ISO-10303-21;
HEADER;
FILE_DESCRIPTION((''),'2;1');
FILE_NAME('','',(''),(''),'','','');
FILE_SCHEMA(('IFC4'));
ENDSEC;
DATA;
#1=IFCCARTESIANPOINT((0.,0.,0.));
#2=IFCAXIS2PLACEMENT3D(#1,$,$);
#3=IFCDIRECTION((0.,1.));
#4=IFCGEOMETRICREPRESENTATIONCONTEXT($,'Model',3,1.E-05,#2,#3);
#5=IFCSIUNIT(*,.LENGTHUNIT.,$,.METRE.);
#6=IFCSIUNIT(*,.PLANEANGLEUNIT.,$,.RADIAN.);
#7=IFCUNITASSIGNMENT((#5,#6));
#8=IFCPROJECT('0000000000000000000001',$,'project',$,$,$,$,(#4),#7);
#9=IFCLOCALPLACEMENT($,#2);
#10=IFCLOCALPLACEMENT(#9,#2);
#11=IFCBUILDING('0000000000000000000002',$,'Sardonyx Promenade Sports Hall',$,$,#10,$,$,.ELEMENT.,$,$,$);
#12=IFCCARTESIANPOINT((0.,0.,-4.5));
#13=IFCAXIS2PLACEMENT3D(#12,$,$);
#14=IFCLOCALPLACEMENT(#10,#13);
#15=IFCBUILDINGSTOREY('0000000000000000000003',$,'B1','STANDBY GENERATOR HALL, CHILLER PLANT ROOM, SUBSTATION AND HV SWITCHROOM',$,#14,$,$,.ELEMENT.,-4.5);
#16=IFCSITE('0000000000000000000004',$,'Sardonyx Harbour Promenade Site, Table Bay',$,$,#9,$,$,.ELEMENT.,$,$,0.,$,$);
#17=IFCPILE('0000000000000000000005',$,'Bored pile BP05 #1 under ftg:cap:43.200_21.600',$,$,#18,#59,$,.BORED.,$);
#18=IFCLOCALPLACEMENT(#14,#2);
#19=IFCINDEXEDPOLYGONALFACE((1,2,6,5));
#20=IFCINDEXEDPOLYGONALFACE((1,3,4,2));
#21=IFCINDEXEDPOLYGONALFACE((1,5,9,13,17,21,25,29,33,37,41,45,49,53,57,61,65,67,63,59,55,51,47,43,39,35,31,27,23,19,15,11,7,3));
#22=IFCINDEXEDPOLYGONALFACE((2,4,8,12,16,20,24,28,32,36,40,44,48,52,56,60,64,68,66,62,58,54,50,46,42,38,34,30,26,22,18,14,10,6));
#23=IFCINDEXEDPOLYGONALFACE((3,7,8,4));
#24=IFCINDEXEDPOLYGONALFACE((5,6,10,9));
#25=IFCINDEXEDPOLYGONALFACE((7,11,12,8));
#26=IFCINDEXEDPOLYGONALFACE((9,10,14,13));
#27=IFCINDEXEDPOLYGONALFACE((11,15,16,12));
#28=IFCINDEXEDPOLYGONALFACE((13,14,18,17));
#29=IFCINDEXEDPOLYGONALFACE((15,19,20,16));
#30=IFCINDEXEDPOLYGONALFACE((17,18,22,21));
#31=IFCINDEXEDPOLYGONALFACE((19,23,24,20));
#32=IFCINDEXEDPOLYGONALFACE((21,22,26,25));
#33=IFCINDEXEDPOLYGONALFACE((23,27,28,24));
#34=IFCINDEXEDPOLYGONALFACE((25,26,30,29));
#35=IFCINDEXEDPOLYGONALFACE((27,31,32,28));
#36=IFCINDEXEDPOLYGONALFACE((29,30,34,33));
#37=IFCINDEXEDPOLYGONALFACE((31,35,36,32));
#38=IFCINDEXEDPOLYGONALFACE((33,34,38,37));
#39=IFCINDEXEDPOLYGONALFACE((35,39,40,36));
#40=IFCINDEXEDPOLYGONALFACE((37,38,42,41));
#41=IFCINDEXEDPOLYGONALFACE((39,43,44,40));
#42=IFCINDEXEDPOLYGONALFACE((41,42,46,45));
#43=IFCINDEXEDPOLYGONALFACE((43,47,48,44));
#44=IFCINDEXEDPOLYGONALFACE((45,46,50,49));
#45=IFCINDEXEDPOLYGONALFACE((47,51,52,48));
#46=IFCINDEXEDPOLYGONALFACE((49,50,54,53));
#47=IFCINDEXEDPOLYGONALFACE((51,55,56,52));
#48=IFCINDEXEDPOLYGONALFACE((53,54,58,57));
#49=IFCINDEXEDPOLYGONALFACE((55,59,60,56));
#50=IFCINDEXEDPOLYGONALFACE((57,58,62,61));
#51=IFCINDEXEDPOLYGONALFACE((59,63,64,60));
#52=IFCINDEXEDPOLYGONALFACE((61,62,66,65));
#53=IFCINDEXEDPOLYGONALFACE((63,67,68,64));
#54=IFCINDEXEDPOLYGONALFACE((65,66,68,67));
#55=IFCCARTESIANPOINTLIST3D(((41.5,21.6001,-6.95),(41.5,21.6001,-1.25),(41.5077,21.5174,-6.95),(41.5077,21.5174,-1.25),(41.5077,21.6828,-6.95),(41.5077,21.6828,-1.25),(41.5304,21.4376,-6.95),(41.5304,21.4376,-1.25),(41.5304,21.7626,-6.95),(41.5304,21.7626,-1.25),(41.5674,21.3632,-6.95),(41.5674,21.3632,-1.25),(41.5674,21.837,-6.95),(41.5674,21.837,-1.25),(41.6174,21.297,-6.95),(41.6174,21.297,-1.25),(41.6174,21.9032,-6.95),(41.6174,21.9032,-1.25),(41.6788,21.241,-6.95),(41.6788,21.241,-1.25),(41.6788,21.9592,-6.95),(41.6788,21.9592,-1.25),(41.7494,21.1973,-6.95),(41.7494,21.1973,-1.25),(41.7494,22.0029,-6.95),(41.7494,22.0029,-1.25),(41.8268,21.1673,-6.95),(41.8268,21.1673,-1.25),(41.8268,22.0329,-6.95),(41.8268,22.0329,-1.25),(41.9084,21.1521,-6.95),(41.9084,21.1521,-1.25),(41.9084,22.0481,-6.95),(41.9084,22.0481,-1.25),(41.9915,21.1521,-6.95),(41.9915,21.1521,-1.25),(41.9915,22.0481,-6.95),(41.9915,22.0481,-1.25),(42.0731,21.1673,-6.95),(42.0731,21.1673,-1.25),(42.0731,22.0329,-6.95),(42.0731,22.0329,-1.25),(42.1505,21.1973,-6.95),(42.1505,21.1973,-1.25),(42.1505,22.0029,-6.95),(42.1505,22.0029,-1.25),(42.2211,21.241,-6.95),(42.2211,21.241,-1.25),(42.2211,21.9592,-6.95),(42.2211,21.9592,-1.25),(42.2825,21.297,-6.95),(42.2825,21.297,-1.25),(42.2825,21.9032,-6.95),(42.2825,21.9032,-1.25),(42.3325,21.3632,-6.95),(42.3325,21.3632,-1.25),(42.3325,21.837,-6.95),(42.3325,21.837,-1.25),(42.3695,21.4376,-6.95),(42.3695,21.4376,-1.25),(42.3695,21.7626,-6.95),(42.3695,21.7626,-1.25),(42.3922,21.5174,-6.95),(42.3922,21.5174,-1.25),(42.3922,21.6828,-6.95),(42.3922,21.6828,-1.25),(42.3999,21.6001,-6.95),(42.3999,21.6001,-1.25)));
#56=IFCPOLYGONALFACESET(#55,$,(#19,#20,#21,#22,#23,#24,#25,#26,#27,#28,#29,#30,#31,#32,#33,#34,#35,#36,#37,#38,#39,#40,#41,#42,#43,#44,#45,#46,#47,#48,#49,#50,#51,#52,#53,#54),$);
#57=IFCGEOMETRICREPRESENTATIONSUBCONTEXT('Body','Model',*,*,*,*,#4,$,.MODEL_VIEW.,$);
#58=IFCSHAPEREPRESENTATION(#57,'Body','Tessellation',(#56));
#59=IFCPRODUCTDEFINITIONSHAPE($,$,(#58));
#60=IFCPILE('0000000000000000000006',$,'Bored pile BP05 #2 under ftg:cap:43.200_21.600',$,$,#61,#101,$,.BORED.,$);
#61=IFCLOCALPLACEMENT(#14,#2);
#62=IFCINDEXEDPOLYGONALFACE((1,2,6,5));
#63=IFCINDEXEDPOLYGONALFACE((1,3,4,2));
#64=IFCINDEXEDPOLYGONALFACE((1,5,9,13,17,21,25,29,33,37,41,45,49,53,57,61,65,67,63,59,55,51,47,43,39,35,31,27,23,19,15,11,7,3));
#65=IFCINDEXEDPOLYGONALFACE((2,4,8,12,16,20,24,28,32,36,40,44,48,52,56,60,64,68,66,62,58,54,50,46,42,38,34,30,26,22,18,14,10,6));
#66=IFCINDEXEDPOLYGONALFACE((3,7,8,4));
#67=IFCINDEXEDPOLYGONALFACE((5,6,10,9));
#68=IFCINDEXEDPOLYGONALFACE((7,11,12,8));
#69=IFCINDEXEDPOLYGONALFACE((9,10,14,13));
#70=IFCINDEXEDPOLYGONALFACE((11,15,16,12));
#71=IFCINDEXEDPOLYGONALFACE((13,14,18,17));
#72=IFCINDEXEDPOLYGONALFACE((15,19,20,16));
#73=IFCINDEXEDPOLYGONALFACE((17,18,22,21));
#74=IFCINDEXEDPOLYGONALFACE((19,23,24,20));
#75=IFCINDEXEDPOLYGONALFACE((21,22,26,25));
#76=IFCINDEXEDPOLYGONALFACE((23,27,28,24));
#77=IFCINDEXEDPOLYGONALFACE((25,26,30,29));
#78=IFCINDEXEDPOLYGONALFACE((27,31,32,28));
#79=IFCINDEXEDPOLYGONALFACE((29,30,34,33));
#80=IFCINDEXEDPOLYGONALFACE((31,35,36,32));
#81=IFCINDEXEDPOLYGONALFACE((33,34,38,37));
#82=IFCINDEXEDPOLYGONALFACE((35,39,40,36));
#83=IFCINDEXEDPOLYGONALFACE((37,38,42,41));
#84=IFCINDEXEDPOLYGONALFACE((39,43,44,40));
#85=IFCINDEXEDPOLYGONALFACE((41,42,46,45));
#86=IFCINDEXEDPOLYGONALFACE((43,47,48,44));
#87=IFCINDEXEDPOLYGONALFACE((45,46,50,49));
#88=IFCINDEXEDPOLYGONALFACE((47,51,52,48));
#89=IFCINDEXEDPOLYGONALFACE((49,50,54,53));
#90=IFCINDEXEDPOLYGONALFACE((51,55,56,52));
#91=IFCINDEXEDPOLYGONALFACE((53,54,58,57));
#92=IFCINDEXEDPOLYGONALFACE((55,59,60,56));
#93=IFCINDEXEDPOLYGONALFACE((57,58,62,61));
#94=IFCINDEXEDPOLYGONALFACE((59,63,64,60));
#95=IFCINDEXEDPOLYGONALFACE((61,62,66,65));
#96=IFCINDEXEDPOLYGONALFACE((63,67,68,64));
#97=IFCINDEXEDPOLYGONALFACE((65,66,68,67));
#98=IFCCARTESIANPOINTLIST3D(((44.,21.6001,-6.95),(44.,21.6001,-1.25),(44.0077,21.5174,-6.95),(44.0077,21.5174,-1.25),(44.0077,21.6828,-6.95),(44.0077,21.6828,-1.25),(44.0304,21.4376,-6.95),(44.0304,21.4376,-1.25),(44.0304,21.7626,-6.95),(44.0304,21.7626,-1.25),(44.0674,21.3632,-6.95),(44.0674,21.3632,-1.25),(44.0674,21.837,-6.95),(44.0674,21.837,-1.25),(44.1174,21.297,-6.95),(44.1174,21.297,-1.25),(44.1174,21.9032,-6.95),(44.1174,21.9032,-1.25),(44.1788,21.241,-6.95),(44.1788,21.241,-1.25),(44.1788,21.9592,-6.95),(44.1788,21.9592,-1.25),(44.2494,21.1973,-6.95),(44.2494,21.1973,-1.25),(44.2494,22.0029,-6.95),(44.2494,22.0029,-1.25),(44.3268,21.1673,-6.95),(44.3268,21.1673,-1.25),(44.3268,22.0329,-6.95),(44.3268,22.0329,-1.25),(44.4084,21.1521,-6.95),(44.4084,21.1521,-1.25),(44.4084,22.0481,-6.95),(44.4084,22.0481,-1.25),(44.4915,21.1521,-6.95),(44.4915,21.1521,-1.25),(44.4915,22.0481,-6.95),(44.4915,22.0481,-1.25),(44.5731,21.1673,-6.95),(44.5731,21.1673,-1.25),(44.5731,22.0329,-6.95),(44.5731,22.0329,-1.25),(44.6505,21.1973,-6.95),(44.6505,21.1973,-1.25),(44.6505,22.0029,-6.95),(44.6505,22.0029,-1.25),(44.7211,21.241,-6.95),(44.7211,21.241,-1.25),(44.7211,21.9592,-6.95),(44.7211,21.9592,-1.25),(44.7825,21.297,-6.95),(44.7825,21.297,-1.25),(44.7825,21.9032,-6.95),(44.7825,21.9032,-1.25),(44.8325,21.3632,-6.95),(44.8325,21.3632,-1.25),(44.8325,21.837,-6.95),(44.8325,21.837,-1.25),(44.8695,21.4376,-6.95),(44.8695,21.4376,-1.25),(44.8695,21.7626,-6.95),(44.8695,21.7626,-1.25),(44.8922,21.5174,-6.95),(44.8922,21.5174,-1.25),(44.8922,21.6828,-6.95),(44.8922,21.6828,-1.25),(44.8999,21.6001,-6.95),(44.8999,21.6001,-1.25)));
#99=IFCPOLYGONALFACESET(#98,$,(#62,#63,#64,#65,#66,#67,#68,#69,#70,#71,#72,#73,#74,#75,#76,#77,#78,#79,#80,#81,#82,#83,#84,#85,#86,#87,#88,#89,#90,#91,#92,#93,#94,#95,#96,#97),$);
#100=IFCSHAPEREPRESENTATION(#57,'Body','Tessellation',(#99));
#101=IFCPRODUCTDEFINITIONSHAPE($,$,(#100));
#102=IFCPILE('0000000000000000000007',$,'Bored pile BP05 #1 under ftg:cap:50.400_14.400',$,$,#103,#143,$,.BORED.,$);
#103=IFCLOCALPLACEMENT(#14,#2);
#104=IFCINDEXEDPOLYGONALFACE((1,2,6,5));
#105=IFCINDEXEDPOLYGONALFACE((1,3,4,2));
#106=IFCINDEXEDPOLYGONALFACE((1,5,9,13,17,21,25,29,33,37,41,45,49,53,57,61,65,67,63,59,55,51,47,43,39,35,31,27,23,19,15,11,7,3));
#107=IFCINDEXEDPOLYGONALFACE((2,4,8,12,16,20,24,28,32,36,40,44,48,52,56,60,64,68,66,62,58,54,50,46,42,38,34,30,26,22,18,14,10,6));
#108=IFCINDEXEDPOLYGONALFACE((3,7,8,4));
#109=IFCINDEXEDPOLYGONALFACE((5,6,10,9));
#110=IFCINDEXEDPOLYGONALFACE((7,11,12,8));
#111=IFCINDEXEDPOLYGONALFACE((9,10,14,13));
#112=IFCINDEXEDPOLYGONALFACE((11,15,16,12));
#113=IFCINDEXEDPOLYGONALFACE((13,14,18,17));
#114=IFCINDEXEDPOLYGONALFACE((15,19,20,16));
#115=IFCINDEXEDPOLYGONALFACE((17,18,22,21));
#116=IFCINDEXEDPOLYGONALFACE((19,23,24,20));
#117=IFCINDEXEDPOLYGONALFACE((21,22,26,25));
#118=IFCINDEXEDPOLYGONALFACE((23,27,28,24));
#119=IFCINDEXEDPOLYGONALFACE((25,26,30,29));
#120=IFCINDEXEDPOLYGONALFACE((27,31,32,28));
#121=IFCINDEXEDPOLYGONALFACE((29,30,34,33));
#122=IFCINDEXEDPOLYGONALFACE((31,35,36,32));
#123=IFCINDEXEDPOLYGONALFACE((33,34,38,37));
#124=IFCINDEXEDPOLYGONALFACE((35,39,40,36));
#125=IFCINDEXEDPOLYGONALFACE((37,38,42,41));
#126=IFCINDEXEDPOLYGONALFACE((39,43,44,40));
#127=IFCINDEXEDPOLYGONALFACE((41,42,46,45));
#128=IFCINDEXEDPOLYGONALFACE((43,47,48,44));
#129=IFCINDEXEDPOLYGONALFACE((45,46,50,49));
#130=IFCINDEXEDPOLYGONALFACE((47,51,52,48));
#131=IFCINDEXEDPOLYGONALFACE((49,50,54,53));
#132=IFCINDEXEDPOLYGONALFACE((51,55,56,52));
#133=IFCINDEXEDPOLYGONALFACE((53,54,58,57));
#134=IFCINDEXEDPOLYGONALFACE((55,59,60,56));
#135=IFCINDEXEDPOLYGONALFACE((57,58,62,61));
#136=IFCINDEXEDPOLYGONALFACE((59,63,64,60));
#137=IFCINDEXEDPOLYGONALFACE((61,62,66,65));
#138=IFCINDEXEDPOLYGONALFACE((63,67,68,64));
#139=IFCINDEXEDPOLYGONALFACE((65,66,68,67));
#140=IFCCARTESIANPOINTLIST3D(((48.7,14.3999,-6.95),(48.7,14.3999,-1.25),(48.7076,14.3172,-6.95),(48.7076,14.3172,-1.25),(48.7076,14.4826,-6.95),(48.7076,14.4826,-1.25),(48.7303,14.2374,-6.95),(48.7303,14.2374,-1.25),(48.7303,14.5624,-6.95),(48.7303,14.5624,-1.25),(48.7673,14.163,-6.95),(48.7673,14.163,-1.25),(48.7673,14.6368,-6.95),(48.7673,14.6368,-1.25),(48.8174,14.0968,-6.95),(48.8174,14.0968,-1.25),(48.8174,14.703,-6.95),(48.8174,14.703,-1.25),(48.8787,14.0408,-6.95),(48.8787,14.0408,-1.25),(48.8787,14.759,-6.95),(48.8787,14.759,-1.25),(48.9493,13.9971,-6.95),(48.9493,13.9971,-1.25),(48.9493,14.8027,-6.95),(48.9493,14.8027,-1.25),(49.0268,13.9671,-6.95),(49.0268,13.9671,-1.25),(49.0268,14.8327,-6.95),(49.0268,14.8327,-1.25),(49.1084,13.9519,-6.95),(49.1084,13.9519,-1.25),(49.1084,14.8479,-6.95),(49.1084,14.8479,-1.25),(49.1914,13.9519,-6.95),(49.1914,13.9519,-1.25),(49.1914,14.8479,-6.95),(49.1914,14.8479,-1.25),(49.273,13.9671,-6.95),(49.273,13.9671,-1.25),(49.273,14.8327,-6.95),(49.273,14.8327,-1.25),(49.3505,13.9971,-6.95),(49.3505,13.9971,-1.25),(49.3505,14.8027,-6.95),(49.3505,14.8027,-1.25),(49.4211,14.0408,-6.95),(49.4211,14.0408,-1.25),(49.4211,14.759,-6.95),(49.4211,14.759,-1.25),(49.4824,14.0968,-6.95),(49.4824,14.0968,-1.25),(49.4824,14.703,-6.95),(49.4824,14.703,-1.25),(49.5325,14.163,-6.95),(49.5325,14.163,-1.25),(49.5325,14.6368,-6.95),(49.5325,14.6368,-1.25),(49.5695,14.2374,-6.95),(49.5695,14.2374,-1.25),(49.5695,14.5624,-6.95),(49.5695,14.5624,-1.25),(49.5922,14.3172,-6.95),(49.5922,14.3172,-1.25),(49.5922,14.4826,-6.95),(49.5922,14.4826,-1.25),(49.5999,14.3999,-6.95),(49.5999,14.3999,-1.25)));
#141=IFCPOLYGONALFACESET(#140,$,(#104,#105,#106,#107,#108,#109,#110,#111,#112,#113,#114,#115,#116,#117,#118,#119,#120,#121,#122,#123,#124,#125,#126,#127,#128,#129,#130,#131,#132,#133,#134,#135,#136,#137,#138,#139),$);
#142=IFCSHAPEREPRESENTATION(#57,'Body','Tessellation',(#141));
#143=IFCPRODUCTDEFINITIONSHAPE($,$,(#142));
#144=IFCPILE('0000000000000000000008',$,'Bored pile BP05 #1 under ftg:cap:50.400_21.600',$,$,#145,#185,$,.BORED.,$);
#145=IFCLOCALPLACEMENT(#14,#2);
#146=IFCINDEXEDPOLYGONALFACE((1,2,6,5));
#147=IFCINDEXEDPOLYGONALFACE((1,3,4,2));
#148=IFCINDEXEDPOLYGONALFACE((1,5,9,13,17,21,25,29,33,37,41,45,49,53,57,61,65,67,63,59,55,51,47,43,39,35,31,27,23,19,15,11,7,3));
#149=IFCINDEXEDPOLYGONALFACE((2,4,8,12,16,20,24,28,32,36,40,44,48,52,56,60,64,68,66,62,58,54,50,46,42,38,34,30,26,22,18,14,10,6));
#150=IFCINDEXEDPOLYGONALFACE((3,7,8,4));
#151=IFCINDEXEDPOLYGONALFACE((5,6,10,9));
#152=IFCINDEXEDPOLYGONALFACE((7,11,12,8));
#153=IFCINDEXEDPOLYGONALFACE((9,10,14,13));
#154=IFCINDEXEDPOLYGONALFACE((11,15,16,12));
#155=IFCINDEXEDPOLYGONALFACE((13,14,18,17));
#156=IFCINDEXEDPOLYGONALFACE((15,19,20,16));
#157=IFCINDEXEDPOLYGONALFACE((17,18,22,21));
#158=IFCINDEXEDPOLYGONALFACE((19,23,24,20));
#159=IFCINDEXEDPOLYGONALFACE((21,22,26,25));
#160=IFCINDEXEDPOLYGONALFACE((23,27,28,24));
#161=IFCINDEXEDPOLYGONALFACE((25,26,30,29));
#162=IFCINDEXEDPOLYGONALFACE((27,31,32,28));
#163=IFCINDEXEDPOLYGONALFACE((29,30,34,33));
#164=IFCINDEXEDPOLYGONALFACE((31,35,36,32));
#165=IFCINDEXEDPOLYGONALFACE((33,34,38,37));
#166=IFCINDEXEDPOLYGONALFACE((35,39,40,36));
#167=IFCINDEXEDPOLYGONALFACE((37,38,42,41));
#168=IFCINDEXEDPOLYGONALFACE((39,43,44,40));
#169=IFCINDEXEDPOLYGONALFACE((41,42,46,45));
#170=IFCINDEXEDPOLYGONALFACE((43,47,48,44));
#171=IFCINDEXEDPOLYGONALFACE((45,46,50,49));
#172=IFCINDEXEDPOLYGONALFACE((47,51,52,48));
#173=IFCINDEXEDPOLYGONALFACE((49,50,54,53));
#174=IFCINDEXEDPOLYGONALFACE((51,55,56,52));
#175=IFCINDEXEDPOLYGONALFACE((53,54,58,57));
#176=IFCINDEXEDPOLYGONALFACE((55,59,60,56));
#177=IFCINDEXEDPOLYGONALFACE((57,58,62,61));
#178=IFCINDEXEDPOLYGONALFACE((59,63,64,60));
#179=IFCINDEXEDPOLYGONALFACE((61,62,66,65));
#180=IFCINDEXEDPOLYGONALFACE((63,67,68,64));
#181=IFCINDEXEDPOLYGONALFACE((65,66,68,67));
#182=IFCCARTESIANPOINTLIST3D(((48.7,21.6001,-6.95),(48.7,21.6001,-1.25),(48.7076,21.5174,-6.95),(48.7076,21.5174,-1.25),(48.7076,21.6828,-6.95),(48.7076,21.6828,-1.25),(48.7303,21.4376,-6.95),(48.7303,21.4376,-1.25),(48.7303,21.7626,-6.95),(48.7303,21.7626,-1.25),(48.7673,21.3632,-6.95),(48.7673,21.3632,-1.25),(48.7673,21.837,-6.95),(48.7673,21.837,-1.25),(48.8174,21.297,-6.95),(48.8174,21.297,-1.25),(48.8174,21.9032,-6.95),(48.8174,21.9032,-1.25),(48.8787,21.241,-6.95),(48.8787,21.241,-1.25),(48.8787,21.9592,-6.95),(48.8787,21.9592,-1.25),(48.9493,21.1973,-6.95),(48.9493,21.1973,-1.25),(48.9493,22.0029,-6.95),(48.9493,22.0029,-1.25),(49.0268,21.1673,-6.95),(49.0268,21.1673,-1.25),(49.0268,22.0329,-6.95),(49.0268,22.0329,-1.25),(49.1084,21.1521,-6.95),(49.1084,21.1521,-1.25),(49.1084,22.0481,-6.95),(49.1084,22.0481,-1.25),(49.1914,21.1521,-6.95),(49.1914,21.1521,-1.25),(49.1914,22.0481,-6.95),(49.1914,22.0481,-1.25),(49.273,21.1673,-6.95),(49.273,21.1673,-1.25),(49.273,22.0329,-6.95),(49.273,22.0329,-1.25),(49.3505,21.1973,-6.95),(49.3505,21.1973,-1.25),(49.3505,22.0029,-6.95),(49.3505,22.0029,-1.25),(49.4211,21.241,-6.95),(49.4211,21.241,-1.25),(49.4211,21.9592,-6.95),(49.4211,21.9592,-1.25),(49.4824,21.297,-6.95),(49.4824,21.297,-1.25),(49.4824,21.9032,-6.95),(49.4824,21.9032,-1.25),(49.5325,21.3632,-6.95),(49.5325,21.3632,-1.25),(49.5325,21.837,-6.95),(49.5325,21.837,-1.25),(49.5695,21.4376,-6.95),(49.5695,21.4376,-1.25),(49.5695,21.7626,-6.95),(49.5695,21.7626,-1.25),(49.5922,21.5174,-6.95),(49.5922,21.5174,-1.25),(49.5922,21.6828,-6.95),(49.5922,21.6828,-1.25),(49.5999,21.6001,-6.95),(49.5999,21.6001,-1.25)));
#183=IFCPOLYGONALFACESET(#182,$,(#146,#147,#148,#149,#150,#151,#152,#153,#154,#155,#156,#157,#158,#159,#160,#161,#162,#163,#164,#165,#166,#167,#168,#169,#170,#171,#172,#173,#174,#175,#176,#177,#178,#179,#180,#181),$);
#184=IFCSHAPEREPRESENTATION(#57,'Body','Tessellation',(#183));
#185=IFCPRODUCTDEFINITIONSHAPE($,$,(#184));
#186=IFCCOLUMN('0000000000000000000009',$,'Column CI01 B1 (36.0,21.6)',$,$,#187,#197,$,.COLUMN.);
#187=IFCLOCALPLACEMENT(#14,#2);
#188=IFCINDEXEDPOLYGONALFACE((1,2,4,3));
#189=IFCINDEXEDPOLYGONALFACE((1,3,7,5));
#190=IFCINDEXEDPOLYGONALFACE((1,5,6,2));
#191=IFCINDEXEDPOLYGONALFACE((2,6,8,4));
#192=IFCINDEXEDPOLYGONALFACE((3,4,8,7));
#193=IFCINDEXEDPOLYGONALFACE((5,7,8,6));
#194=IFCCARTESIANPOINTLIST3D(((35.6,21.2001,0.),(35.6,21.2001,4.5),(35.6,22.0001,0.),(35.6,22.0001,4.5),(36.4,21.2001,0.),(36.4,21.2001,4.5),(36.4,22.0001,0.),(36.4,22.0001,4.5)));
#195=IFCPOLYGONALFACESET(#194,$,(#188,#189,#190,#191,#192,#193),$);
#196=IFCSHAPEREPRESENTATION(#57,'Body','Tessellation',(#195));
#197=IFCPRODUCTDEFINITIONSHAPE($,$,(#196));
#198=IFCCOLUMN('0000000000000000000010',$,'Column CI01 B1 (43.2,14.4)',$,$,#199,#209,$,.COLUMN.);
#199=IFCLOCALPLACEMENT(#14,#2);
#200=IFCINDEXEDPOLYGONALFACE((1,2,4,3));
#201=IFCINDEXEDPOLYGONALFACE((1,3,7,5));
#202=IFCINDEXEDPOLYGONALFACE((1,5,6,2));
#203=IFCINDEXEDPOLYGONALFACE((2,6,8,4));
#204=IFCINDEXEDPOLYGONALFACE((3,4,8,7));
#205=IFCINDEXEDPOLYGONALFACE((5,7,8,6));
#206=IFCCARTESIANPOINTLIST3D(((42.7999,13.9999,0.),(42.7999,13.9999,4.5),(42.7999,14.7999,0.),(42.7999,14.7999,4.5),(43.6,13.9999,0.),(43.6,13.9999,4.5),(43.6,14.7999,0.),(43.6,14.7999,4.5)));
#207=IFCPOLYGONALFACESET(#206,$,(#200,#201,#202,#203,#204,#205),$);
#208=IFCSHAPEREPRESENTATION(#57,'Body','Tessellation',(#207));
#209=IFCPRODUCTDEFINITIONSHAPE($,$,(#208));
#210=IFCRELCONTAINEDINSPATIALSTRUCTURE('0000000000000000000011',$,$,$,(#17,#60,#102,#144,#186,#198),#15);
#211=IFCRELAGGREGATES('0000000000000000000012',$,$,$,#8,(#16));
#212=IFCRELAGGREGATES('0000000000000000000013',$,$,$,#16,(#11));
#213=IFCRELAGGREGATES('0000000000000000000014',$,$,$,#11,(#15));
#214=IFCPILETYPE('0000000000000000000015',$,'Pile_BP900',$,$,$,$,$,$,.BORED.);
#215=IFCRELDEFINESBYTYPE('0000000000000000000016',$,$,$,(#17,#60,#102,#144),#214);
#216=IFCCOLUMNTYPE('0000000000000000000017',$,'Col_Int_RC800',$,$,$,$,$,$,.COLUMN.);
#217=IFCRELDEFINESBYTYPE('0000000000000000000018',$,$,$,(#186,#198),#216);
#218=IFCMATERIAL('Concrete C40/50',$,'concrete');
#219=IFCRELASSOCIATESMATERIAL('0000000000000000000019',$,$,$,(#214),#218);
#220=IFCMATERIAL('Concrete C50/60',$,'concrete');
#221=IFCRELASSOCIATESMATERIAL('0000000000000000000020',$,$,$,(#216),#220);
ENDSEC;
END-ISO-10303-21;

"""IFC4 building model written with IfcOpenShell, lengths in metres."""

from ifc_helpers import new_model, si_unit, direction, frame, origin, origin_2d, place, context, subcontext, project, spatial, rectangle, circle, extrude, material, material_profile, profile_set, type_object, element, save


model = new_model("IFC4")

# Units and contexts
model_context = context("Model", 3, precision=1e-05, world=origin(), true_north=direction((0.0, 1.0)))
body_context = subcontext(model_context, "Body", "Model", "MODEL_VIEW")
ifc_project = project(units=[si_unit("LENGTHUNIT", "METRE"), si_unit("PLANEANGLEUNIT", "RADIAN")], contexts=[model_context])

# Site, building, storey
site_placement = place(None, origin())
site = spatial("IfcSite", under=ifc_project, at=site_placement, Name="Sardonyx Harbour Promenade Site, Table Bay", CompositionType="ELEMENT", RefElevation=0.0)
building_placement = place(site_placement, origin())
building = spatial("IfcBuilding", under=site, at=building_placement, Name="Sardonyx Promenade Sports Hall", CompositionType="ELEMENT")
storey_placement = place(building_placement, frame((0.0, 0.0, -4.5)))
storey = spatial("IfcBuildingStorey", under=building, at=storey_placement, Name="B1", Description="STANDBY GENERATOR HALL, CHILLER PLANT ROOM, SUBSTATION AND HV SWITCHROOM", CompositionType="ELEMENT", Elevation=-4.5)

# Piles
ifc_material_1 = material(Name="Concrete C40/50", Category="concrete")
ifc_material_profile_1 = material_profile(ifc_material_1, circle(Radius=0.45, at=origin_2d()))
ifc_profile_set_1 = profile_set([ifc_material_profile_1], Name="Concrete C40/50")
pile_type_1 = type_object("IfcPileType", Name="Pile_BP900", PredefinedType="BORED", material=ifc_profile_set_1)
for number, where, z_axis, x_axis, name in (
    (1, (41.95, 21.6001, -1.25), (0.0, 0.0, -1.0), (1.0, 0.0, 0.0), "Bored pile BP05 #1 under ftg:cap:43.200_21.600"),
    (2, (44.45, 21.6001, -1.25), (0.0, 0.0, -1.0), (1.0, 0.0, 0.0), "Bored pile BP05 #2 under ftg:cap:43.200_21.600"),
    (3, (49.1499, 14.3999, -1.25), (0.0, 0.0, -1.0), (1.0, 0.0, 0.0), "Bored pile BP05 #1 under ftg:cap:50.400_14.400"),
    (4, (49.1499, 21.6001, -1.25), (0.0, 0.0, -1.0), (1.0, 0.0, 0.0), "Bored pile BP05 #1 under ftg:cap:50.400_21.600"),
):
    element("IfcPile", number, at=place(storey_placement, frame(where, z_axis=z_axis, x_axis=x_axis)), inside=storey, type_object=pile_type_1, Name=name, PredefinedType="BORED", context=body_context, shape_type="SweptSolid", body=[
        extrude(circle(Radius=0.45, at=origin_2d()), origin(), (0.0, 0.0, 1.0), 5.7),
    ])

# Columns
ifc_material_2 = material(Name="Concrete C50/60", Category="concrete")
ifc_material_profile_2 = material_profile(ifc_material_2, rectangle(XDim=0.8, YDim=0.8, at=origin_2d()))
ifc_profile_set_2 = profile_set([ifc_material_profile_2], Name="Concrete C50/60")
column_type = type_object("IfcColumnType", Name="Col_Int_RC800", PredefinedType="COLUMN", material=ifc_profile_set_2)
for number, where, z_axis, x_axis, name in (
    (5, (36.0, 21.6001, 0.0), (0.0, 0.0, 1.0), (1.0, 0.0, 0.0), "Column CI01 B1 (36.0,21.6)"),
    (6, (43.2, 14.3999, 0.0), (0.0, 0.0, 1.0), (1.0, 0.0, 0.0), "Column CI01 B1 (43.2,14.4)"),
):
    element("IfcColumn", number, at=place(storey_placement, frame(where, z_axis=z_axis, x_axis=x_axis)), inside=storey, type_object=column_type, Name=name, PredefinedType="COLUMN", context=body_context, shape_type="SweptSolid", body=[
        extrude(rectangle(XDim=0.8, YDim=0.8, at=origin_2d()), origin(), (0.0, 0.0, 1.0), 4.5),
    ])

save(model, "model.ifc")
